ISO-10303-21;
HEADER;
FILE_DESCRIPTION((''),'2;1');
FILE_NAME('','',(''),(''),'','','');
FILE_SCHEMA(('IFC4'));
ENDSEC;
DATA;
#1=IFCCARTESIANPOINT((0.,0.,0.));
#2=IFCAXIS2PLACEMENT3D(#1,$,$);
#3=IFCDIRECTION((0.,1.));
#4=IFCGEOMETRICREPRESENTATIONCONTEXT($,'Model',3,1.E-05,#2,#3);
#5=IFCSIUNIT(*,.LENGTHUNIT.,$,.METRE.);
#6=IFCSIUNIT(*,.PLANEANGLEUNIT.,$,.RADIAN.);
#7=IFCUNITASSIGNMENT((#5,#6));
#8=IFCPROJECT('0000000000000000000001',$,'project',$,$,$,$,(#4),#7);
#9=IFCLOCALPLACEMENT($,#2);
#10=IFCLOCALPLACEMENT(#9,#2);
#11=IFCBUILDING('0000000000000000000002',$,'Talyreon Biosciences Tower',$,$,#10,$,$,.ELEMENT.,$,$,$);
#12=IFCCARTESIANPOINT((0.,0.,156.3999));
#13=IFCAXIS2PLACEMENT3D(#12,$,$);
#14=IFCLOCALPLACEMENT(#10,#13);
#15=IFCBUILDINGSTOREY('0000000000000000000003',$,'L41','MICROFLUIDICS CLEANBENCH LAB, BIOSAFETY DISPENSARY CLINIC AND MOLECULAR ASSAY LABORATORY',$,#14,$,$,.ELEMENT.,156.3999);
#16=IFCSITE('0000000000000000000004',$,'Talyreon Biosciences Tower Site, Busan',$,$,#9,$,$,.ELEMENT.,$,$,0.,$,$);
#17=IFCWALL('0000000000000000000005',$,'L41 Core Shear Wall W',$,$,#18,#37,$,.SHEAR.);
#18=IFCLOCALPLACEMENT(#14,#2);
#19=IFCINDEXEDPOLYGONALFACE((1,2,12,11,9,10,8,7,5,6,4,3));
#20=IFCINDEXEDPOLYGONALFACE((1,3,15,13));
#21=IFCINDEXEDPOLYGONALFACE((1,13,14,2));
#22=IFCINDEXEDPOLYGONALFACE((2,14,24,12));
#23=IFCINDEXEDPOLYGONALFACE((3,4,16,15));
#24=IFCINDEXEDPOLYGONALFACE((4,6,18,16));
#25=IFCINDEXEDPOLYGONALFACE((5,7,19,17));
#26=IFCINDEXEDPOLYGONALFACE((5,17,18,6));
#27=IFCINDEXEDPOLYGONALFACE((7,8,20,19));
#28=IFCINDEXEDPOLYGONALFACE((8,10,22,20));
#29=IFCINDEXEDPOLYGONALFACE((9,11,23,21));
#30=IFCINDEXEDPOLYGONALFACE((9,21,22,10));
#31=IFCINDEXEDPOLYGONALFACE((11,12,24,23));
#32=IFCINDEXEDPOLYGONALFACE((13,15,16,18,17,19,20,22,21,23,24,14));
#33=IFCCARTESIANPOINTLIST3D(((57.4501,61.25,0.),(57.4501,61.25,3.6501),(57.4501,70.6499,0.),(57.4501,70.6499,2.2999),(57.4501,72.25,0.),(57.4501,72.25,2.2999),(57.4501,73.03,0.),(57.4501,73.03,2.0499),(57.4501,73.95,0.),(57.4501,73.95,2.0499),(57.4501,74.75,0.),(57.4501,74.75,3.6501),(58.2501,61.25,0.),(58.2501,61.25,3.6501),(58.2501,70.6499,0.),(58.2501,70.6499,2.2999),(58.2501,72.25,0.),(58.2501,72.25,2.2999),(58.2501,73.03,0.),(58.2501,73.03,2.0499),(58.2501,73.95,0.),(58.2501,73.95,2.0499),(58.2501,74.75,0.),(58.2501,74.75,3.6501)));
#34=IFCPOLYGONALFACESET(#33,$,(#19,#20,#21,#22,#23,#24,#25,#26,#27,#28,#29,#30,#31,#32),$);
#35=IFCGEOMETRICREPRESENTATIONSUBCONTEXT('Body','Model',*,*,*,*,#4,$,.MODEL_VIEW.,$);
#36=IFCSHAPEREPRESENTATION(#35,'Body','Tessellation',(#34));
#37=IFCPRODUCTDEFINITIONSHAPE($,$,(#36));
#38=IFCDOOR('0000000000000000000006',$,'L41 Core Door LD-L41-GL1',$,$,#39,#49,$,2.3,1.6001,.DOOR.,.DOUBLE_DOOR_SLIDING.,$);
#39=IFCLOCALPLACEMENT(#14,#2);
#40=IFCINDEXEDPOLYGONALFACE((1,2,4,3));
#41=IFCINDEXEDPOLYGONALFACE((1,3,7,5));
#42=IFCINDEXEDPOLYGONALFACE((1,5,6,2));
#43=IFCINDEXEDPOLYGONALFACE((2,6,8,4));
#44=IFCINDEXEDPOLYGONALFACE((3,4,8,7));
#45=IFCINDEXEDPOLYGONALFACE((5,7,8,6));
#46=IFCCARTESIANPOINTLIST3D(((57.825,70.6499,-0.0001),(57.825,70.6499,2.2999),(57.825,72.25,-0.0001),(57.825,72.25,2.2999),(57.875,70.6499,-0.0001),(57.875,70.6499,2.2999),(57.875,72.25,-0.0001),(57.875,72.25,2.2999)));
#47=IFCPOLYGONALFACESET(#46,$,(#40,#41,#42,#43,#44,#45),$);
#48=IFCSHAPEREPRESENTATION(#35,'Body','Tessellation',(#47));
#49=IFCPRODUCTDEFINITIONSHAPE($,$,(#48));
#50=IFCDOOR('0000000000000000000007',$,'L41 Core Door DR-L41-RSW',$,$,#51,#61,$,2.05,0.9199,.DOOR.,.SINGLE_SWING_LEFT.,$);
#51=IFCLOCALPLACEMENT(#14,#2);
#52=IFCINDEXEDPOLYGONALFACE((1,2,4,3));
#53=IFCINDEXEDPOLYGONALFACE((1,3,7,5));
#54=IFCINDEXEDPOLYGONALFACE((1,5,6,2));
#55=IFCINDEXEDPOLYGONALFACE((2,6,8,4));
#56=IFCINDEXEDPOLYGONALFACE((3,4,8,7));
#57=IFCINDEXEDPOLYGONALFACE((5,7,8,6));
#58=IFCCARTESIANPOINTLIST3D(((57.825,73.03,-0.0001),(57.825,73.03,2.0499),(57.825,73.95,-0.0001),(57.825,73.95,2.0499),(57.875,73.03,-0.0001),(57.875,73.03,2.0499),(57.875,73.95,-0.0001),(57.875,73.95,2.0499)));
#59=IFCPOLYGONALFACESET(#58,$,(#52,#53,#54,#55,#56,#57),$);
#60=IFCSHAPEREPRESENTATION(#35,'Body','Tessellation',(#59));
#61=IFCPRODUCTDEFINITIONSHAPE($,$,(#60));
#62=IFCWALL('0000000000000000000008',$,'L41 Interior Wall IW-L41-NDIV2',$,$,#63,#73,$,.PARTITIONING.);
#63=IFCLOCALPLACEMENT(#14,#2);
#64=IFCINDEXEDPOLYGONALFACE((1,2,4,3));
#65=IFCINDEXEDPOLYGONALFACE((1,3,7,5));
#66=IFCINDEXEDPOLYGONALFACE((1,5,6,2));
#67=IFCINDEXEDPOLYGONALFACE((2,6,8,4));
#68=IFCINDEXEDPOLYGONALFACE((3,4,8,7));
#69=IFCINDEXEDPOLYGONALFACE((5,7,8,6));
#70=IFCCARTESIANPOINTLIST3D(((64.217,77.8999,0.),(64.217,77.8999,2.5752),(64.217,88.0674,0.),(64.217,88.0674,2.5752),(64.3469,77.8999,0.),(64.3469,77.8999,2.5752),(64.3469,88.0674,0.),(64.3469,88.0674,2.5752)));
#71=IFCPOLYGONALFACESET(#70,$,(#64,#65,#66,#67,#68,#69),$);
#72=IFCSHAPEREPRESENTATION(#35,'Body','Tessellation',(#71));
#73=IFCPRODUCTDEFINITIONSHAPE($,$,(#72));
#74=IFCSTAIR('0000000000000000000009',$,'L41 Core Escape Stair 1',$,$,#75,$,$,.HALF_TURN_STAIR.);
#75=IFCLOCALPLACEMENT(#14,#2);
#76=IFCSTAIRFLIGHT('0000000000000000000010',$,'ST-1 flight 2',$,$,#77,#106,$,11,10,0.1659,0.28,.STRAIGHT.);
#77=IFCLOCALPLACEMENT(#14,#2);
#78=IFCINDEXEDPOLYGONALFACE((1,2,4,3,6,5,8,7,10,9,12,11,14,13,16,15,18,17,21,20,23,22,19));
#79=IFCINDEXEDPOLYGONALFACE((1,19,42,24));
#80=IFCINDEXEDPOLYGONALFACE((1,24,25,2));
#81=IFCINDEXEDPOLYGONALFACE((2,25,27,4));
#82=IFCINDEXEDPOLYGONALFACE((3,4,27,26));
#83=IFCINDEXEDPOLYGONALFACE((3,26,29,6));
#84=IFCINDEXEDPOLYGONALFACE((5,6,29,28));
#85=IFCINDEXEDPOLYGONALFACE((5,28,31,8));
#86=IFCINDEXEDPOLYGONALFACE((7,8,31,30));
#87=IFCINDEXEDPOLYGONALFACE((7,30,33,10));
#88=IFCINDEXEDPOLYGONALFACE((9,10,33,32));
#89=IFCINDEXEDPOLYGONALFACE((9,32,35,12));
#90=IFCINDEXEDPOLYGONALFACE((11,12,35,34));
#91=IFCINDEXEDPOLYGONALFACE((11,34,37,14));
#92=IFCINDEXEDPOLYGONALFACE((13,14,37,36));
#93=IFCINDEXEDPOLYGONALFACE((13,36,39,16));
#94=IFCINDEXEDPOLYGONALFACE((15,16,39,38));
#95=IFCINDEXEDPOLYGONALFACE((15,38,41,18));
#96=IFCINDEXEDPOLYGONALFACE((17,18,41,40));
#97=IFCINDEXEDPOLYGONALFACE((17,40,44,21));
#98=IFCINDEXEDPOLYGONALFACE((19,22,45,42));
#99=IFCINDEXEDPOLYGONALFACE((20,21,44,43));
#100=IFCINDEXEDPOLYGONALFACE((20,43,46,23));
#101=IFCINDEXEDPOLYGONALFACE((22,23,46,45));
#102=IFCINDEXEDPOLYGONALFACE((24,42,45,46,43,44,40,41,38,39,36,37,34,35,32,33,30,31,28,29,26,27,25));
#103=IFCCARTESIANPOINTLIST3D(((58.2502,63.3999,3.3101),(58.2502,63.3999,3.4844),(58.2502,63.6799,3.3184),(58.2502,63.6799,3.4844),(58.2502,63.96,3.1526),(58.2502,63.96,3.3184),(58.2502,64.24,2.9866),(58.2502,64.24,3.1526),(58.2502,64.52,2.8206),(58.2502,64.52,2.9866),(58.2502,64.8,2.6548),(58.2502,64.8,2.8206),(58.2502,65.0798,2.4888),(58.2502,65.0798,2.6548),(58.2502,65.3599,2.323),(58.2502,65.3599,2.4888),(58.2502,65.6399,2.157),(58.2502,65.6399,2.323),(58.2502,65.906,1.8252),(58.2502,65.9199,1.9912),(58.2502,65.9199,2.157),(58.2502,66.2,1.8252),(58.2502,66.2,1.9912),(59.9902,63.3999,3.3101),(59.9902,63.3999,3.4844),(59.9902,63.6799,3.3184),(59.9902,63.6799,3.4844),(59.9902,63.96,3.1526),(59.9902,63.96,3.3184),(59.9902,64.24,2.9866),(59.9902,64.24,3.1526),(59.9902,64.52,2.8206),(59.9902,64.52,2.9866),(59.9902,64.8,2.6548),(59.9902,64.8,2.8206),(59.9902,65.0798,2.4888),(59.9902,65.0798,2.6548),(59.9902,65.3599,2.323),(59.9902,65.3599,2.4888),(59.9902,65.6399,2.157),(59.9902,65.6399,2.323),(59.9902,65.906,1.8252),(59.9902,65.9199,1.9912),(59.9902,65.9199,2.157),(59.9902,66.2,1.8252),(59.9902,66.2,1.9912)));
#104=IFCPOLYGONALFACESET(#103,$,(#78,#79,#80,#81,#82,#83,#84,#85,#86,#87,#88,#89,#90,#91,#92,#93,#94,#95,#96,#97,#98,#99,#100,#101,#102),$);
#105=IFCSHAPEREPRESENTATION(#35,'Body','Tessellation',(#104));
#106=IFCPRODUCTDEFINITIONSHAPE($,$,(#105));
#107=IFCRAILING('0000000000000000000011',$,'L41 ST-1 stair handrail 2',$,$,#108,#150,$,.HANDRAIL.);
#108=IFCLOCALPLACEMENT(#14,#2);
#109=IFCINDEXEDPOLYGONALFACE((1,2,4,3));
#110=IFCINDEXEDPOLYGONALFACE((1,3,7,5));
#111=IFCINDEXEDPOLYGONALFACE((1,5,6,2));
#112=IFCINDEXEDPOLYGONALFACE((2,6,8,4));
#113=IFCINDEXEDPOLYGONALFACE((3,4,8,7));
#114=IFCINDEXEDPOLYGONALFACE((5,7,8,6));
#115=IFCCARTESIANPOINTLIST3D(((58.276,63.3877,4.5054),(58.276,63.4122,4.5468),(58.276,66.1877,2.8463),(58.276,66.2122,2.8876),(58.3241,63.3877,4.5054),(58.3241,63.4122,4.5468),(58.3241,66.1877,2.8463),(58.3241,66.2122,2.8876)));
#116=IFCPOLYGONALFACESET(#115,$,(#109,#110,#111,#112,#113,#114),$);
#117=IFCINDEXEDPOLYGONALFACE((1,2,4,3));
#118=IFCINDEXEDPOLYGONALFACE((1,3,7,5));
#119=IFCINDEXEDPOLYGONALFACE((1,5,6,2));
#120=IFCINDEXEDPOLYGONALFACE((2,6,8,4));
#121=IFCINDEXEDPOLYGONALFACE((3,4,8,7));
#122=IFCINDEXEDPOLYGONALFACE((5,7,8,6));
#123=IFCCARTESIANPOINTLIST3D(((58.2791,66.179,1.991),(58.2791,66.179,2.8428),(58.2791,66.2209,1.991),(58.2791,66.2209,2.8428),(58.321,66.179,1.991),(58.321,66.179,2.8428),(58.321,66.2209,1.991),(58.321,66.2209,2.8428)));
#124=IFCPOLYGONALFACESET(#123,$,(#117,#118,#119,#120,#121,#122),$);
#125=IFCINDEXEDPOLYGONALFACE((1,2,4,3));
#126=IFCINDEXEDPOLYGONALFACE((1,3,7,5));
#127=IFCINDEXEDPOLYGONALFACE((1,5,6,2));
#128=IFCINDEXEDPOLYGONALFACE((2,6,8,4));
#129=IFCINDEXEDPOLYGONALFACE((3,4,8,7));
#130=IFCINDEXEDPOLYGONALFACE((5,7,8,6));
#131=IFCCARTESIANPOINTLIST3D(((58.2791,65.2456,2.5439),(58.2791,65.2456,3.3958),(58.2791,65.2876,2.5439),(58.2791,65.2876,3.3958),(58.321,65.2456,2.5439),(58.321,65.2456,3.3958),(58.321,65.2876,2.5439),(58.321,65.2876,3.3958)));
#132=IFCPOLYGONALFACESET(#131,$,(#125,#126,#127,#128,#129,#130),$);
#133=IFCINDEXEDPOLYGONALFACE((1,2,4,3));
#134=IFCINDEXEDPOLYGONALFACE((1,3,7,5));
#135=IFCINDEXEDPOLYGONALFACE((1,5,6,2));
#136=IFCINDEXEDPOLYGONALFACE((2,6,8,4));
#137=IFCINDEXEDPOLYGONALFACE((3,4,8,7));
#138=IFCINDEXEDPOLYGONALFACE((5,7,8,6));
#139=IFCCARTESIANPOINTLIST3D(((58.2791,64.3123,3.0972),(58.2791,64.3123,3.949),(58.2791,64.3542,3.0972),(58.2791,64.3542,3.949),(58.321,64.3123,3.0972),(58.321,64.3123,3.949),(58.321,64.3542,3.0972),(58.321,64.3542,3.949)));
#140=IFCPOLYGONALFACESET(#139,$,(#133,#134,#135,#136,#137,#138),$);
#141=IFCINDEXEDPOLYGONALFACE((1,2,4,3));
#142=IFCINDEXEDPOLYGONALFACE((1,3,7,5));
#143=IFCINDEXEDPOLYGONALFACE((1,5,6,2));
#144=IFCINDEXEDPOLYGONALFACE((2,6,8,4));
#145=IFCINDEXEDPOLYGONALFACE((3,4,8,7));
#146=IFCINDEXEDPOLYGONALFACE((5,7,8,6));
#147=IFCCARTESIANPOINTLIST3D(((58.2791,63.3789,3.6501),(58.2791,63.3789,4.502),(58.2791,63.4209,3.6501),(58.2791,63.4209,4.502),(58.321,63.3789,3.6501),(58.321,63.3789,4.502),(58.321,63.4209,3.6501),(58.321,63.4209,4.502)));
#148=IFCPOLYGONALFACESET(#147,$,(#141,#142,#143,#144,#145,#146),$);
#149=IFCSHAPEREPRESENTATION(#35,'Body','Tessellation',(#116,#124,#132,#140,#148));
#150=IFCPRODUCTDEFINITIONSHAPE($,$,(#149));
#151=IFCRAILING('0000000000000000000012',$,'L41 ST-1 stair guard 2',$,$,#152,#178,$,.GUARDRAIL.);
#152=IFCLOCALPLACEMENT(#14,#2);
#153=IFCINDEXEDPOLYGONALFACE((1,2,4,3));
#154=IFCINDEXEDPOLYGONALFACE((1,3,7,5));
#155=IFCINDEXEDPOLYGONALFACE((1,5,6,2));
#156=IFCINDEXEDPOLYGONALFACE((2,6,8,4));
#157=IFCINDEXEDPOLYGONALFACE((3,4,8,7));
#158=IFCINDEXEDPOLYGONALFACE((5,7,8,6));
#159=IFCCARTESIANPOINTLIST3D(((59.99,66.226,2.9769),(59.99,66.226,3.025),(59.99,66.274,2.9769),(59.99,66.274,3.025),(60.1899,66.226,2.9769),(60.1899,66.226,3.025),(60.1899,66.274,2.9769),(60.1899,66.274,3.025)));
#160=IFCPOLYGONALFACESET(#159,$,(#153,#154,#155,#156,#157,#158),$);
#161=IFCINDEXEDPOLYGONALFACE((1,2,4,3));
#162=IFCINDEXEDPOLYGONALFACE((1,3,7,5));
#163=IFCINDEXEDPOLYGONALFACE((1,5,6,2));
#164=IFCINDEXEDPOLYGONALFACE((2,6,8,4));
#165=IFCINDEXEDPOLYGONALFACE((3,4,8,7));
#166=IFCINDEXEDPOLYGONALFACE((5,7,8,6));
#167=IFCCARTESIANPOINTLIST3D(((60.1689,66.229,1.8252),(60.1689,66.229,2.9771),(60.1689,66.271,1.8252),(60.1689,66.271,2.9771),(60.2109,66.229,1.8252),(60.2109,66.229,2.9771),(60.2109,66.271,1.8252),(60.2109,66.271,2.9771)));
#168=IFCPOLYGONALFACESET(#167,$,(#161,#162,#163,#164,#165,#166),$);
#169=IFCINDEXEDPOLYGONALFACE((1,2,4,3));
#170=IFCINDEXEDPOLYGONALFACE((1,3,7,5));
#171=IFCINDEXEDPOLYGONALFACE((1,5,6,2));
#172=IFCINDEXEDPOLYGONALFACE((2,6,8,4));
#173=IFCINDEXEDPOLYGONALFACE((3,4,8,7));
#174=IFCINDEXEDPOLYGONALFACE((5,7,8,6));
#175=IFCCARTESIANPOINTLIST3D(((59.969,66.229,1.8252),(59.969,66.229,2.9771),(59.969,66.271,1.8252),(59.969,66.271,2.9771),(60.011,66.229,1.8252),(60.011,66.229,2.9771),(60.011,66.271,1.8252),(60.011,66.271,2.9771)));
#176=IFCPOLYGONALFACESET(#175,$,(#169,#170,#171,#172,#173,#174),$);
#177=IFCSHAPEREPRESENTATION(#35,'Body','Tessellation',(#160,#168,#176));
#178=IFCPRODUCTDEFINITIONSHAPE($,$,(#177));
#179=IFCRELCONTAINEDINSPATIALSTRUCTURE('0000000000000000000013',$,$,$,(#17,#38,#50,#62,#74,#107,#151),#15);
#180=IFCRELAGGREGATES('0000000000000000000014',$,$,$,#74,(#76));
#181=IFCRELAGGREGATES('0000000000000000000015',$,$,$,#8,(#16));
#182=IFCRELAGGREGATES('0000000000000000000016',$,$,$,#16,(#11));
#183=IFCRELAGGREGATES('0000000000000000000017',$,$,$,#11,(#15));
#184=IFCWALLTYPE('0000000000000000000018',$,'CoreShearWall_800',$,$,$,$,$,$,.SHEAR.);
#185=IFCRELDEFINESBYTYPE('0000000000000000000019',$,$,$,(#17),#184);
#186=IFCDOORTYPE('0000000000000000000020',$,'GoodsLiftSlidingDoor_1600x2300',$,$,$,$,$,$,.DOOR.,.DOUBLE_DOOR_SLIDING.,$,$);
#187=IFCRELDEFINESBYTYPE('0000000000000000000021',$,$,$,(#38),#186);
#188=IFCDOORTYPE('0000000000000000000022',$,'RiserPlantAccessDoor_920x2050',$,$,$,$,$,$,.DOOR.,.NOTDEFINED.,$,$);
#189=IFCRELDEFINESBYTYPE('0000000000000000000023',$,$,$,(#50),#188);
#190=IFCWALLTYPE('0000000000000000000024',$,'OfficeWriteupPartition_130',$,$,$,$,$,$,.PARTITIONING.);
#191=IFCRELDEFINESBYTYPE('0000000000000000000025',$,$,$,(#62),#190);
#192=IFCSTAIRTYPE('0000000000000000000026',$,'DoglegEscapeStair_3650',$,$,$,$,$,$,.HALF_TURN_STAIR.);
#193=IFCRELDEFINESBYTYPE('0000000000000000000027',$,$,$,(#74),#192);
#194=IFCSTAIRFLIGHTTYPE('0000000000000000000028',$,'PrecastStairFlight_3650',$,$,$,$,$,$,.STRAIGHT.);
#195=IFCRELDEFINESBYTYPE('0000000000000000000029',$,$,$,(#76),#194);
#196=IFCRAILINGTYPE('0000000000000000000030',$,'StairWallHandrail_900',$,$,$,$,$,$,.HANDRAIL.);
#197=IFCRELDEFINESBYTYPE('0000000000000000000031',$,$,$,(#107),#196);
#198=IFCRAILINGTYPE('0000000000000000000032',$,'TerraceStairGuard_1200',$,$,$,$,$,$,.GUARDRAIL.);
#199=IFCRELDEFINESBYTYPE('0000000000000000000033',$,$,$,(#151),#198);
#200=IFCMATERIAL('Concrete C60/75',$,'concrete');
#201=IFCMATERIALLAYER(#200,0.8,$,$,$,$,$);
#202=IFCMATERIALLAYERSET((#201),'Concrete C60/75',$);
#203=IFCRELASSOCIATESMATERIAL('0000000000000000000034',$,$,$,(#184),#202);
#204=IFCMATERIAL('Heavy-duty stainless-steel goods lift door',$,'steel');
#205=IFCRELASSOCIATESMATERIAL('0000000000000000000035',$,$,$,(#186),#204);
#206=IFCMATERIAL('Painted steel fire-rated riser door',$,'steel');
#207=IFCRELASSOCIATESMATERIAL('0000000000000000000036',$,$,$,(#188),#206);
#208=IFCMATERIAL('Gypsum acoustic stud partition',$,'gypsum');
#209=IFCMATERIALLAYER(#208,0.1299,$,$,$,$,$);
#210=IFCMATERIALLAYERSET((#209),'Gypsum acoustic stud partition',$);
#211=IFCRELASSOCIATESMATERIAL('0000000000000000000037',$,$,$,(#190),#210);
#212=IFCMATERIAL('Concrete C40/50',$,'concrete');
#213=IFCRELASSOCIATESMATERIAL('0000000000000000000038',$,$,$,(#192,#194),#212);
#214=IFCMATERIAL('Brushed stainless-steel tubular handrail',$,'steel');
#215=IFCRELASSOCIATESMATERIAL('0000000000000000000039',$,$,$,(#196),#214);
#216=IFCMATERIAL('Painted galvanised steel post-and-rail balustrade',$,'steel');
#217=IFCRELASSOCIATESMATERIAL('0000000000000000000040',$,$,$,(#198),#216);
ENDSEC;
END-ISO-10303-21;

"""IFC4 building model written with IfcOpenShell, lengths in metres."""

from ifc_helpers import new_model, si_unit, direction, frame, frame_2d, origin, origin_2d, place, context, subcontext, project, spatial, polyline, rectangle, outline, extrude, material, layer, layer_set, type_object, element, fill, aggregate, save


model = new_model("IFC4")

# Units and contexts
model_context = context("Model", 3, precision=1e-05, world=origin(), true_north=direction((0.0, 1.0)))
body_context = subcontext(model_context, "Body", "Model", "MODEL_VIEW")
ifc_project = project(units=[si_unit("LENGTHUNIT", "METRE"), si_unit("PLANEANGLEUNIT", "RADIAN")], contexts=[model_context])

# Site, building, storey
site_placement = place(None, origin())
site = spatial("IfcSite", under=ifc_project, at=site_placement, Name="Talyreon Biosciences Tower Site, Busan", CompositionType="ELEMENT", RefElevation=0.0)
building_placement = place(site_placement, origin())
building = spatial("IfcBuilding", under=site, at=building_placement, Name="Talyreon Biosciences Tower", CompositionType="ELEMENT")
storey_placement = place(building_placement, frame((0.0, 0.0, 156.3999)))
storey = spatial("IfcBuildingStorey", under=building, at=storey_placement, Name="L41", Description="MICROFLUIDICS CLEANBENCH LAB, BIOSAFETY DISPENSARY CLINIC AND MOLECULAR ASSAY LABORATORY", CompositionType="ELEMENT", Elevation=156.3999)

# Shared definitions
ifc_material_1 = material(Name="Concrete C60/75", Category="concrete")

# Shared definitions
ifc_layer_1 = layer(ifc_material_1, 0.8)
ifc_layer_set_1 = layer_set([ifc_layer_1], Name="Concrete C60/75")
wall_type_1 = type_object("IfcWallType", Name="CoreShearWall_800", PredefinedType="SHEAR", material=ifc_layer_set_1)

# Wall, openings, doors
wall_1_placement = place(storey_placement, frame((57.8501, 74.75, 0.0), z_axis=(0.0, 0.0, 1.0), x_axis=(0.0, -1.0, 0.0)))
wall_1 = element("IfcWall", 1, at=wall_1_placement, inside=storey, type_object=wall_type_1, Name="L41 Core Shear Wall W", PredefinedType="SHEAR", context=body_context, shape_type="SweptSolid", body=[
    extrude(rectangle(XDim=13.5, YDim=0.8, at=frame_2d((6.75, 0.0))), origin(), (0.0, 0.0, 1.0), 3.6501),
])
opening_1_placement = place(wall_1_placement, frame((0.8, 0.0, 0.0)))
opening_1 = element("IfcOpeningElement", 2, at=opening_1_placement, cuts=wall_1, PredefinedType="OPENING", context=body_context, shape_type="SweptSolid", body=[
    extrude(rectangle(XDim=0.9199, YDim=2.05, at=frame_2d((0.46, 1.0249))), frame((0.0, 0.4099, 0.0), z_axis=(0.0, -1.0, 0.0), x_axis=(1.0, 0.0, 0.0)), (0.0, 0.0, 1.0), 0.8201),
])
opening_2_placement = place(wall_1_placement, frame((2.5, 0.0, 0.0)))
opening_2 = element("IfcOpeningElement", 3, at=opening_2_placement, cuts=wall_1, PredefinedType="OPENING", context=body_context, shape_type="SweptSolid", body=[
    extrude(rectangle(XDim=1.6001, YDim=2.3, at=frame_2d((0.8, 1.1499))), frame((0.0, 0.4099, 0.0), z_axis=(0.0, -1.0, 0.0), x_axis=(1.0, 0.0, 0.0)), (0.0, 0.0, 1.0), 0.8201),
])
ifc_material_2 = material(Name="Heavy-duty stainless-steel goods lift door", Category="steel")
door_type_1 = type_object("IfcDoorType", Name="GoodsLiftSlidingDoor_1600x2300", OperationType="DOUBLE_DOOR_SLIDING", PredefinedType="DOOR", material=ifc_material_2)
door_1_placement = place(opening_2_placement, origin())
door_1 = element("IfcDoor", 4, at=door_1_placement, inside=storey, type_object=door_type_1, Name="L41 Core Door LD-L41-GL1", OperationType="DOUBLE_DOOR_SLIDING", OverallHeight=2.3, OverallWidth=1.6001, PredefinedType="DOOR", context=body_context, shape_type="SweptSolid", body=[
    extrude(rectangle(XDim=1.6001, YDim=2.3, at=frame_2d((0.8, 1.1499))), frame((0.0, 0.0249, 0.0), z_axis=(0.0, -1.0, 0.0), x_axis=(1.0, 0.0, 0.0)), (0.0, 0.0, 1.0), 0.05),
])
fill(opening_2, door_1)
ifc_material_3 = material(Name="Painted steel fire-rated riser door", Category="steel")
door_type_2 = type_object("IfcDoorType", Name="RiserPlantAccessDoor_920x2050", OperationType="NOTDEFINED", PredefinedType="DOOR", material=ifc_material_3)
door_2_placement = place(opening_1_placement, origin())
door_2 = element("IfcDoor", 5, at=door_2_placement, inside=storey, type_object=door_type_2, Name="L41 Core Door DR-L41-RSW", OperationType="SINGLE_SWING_LEFT", OverallHeight=2.05, OverallWidth=0.9199, PredefinedType="DOOR", context=body_context, shape_type="SweptSolid", body=[
    extrude(rectangle(XDim=0.9199, YDim=2.05, at=frame_2d((0.46, 1.0249))), frame((0.0, 0.0249, 0.0), z_axis=(0.0, -1.0, 0.0), x_axis=(1.0, 0.0, 0.0)), (0.0, 0.0, 1.0), 0.05),
])
fill(opening_1, door_2)

# Wall
ifc_material_4 = material(Name="Gypsum acoustic stud partition", Category="gypsum")
ifc_layer_2 = layer(ifc_material_4, 0.1299)
ifc_layer_set_2 = layer_set([ifc_layer_2], Name="Gypsum acoustic stud partition")
wall_type_2 = type_object("IfcWallType", Name="OfficeWriteupPartition_130", PredefinedType="PARTITIONING", material=ifc_layer_set_2)
wall_2_placement = place(storey_placement, frame((64.282, 77.8999, 0.0), z_axis=(0.0, 0.0, 1.0), x_axis=(0.0, 1.0, 0.0)))
element("IfcWall", 6, at=wall_2_placement, inside=storey, type_object=wall_type_2, Name="L41 Interior Wall IW-L41-NDIV2", PredefinedType="PARTITIONING", context=body_context, shape_type="SweptSolid", body=[
    extrude(rectangle(XDim=10.1675, YDim=0.1299, at=frame_2d((5.0837, 0.0))), origin(), (0.0, 0.0, 1.0), 2.5752),
])

# Stair, stair flight
ifc_material_5 = material(Name="Concrete C40/50", Category="concrete")
stair_type = type_object("IfcStairType", Name="DoglegEscapeStair_3650", PredefinedType="HALF_TURN_STAIR", material=ifc_material_5)
stair_placement = place(storey_placement, origin())
stair = element("IfcStair", 7, at=stair_placement, inside=storey, type_object=stair_type, Name="L41 Core Escape Stair 1", PredefinedType="HALF_TURN_STAIR")
stair_flight_type = type_object("IfcStairFlightType", Name="PrecastStairFlight_3650", PredefinedType="STRAIGHT", material=ifc_material_5)
stair_flight_placement = place(storey_placement, frame((59.1201, 66.2, 1.8252), z_axis=(0.0, 0.0, 1.0), x_axis=(0.0, -1.0, 0.0)))
stair_flight = element("IfcStairFlight", 8, at=stair_flight_placement, type_object=stair_flight_type, Name="ST-1 flight 2", NumberOfRisers=11, NumberOfTreads=10, PredefinedType="STRAIGHT", RiserHeight=0.1659, TreadLength=0.28, context=body_context, shape_type="SweptSolid", body=[
    extrude(outline(polyline([(0.0, 0.0), (0.0, 0.166), (0.28, 0.166), (0.28, 0.3318), (0.5601, 0.3318), (0.5601, 0.4978), (0.8401, 0.4978), (0.8401, 0.6636), (1.1201, 0.6636), (1.1201, 0.8296), (1.3999, 0.8296), (1.3999, 0.9954), (1.6799, 0.9954), (1.6799, 1.1614), (1.96, 1.1614), (1.96, 1.3274), (2.24, 1.3274), (2.24, 1.4932), (2.52, 1.4932), (2.52, 1.6592), (2.8, 1.6592), (2.8, 1.825), (2.8, 1.4849), (0.2939, 0.0), (0.0, 0.0)])), frame((0.0, 0.8701, 0.0), z_axis=(0.0, -1.0, 0.0), x_axis=(1.0, 0.0, 0.0)), (0.0, 0.0, 1.0), 1.74),
])
aggregate(stair, [stair_flight])

# Railings
ifc_material_6 = material(Name="Brushed stainless-steel tubular handrail", Category="steel")
railing_type_1 = type_object("IfcRailingType", Name="StairWallHandrail_900", PredefinedType="HANDRAIL", material=ifc_material_6)
railing_1_placement = place(storey_placement, frame((58.3, 66.2, 1.991)))
element("IfcRailing", 9, at=railing_1_placement, inside=storey, type_object=railing_type_1, Name="L41 ST-1 stair handrail 2", PredefinedType="HANDRAIL", context=body_context, shape_type="SweptSolid", body=[
    extrude(rectangle(XDim=0.0481, YDim=0.0481, at=origin_2d()), frame((0.0, 0.0, 0.876), z_axis=(0.0, -0.860306, 0.509778), x_axis=(1.0, 0.0, 0.0)), (0.0, 0.0, 1.0), 3.2546),
    extrude(rectangle(XDim=0.042, YDim=0.042, at=origin_2d()), origin(), (0.0, 0.0, 1.0), 0.8518),
    extrude(rectangle(XDim=0.042, YDim=0.042, at=origin_2d()), frame((0.0, -0.9333, 0.553)), (0.0, 0.0, 1.0), 0.8518),
    extrude(rectangle(XDim=0.042, YDim=0.042, at=origin_2d()), frame((0.0, -1.8667, 1.1062)), (0.0, 0.0, 1.0), 0.8518),
    extrude(rectangle(XDim=0.042, YDim=0.042, at=origin_2d()), frame((0.0, -2.8, 1.6592)), (0.0, 0.0, 1.0), 0.8518),
])
ifc_material_7 = material(Name="Painted galvanised steel post-and-rail balustrade", Category="steel")
railing_type_2 = type_object("IfcRailingType", Name="TerraceStairGuard_1200", PredefinedType="GUARDRAIL", material=ifc_material_7)
railing_2_placement = place(storey_placement, frame((60.1899, 66.25, 1.8252)))
element("IfcRailing", 10, at=railing_2_placement, inside=storey, type_object=railing_type_2, Name="L41 ST-1 stair guard 2", PredefinedType="GUARDRAIL", context=body_context, shape_type="SweptSolid", body=[
    extrude(rectangle(XDim=0.0481, YDim=0.0481, at=origin_2d()), frame((0.0, 0.0, 1.1758), z_axis=(-1.0, 0.0, 0.0), x_axis=(0.0, -1.0, 0.0)), (0.0, 0.0, 1.0), 0.2),
    extrude(rectangle(XDim=0.042, YDim=0.042, at=origin_2d()), origin(), (0.0, 0.0, 1.0), 1.1519),
    extrude(rectangle(XDim=0.042, YDim=0.042, at=origin_2d()), frame((-0.2, 0.0, 0.0)), (0.0, 0.0, 1.0), 1.1519),
])

save(model, "model.ifc")
